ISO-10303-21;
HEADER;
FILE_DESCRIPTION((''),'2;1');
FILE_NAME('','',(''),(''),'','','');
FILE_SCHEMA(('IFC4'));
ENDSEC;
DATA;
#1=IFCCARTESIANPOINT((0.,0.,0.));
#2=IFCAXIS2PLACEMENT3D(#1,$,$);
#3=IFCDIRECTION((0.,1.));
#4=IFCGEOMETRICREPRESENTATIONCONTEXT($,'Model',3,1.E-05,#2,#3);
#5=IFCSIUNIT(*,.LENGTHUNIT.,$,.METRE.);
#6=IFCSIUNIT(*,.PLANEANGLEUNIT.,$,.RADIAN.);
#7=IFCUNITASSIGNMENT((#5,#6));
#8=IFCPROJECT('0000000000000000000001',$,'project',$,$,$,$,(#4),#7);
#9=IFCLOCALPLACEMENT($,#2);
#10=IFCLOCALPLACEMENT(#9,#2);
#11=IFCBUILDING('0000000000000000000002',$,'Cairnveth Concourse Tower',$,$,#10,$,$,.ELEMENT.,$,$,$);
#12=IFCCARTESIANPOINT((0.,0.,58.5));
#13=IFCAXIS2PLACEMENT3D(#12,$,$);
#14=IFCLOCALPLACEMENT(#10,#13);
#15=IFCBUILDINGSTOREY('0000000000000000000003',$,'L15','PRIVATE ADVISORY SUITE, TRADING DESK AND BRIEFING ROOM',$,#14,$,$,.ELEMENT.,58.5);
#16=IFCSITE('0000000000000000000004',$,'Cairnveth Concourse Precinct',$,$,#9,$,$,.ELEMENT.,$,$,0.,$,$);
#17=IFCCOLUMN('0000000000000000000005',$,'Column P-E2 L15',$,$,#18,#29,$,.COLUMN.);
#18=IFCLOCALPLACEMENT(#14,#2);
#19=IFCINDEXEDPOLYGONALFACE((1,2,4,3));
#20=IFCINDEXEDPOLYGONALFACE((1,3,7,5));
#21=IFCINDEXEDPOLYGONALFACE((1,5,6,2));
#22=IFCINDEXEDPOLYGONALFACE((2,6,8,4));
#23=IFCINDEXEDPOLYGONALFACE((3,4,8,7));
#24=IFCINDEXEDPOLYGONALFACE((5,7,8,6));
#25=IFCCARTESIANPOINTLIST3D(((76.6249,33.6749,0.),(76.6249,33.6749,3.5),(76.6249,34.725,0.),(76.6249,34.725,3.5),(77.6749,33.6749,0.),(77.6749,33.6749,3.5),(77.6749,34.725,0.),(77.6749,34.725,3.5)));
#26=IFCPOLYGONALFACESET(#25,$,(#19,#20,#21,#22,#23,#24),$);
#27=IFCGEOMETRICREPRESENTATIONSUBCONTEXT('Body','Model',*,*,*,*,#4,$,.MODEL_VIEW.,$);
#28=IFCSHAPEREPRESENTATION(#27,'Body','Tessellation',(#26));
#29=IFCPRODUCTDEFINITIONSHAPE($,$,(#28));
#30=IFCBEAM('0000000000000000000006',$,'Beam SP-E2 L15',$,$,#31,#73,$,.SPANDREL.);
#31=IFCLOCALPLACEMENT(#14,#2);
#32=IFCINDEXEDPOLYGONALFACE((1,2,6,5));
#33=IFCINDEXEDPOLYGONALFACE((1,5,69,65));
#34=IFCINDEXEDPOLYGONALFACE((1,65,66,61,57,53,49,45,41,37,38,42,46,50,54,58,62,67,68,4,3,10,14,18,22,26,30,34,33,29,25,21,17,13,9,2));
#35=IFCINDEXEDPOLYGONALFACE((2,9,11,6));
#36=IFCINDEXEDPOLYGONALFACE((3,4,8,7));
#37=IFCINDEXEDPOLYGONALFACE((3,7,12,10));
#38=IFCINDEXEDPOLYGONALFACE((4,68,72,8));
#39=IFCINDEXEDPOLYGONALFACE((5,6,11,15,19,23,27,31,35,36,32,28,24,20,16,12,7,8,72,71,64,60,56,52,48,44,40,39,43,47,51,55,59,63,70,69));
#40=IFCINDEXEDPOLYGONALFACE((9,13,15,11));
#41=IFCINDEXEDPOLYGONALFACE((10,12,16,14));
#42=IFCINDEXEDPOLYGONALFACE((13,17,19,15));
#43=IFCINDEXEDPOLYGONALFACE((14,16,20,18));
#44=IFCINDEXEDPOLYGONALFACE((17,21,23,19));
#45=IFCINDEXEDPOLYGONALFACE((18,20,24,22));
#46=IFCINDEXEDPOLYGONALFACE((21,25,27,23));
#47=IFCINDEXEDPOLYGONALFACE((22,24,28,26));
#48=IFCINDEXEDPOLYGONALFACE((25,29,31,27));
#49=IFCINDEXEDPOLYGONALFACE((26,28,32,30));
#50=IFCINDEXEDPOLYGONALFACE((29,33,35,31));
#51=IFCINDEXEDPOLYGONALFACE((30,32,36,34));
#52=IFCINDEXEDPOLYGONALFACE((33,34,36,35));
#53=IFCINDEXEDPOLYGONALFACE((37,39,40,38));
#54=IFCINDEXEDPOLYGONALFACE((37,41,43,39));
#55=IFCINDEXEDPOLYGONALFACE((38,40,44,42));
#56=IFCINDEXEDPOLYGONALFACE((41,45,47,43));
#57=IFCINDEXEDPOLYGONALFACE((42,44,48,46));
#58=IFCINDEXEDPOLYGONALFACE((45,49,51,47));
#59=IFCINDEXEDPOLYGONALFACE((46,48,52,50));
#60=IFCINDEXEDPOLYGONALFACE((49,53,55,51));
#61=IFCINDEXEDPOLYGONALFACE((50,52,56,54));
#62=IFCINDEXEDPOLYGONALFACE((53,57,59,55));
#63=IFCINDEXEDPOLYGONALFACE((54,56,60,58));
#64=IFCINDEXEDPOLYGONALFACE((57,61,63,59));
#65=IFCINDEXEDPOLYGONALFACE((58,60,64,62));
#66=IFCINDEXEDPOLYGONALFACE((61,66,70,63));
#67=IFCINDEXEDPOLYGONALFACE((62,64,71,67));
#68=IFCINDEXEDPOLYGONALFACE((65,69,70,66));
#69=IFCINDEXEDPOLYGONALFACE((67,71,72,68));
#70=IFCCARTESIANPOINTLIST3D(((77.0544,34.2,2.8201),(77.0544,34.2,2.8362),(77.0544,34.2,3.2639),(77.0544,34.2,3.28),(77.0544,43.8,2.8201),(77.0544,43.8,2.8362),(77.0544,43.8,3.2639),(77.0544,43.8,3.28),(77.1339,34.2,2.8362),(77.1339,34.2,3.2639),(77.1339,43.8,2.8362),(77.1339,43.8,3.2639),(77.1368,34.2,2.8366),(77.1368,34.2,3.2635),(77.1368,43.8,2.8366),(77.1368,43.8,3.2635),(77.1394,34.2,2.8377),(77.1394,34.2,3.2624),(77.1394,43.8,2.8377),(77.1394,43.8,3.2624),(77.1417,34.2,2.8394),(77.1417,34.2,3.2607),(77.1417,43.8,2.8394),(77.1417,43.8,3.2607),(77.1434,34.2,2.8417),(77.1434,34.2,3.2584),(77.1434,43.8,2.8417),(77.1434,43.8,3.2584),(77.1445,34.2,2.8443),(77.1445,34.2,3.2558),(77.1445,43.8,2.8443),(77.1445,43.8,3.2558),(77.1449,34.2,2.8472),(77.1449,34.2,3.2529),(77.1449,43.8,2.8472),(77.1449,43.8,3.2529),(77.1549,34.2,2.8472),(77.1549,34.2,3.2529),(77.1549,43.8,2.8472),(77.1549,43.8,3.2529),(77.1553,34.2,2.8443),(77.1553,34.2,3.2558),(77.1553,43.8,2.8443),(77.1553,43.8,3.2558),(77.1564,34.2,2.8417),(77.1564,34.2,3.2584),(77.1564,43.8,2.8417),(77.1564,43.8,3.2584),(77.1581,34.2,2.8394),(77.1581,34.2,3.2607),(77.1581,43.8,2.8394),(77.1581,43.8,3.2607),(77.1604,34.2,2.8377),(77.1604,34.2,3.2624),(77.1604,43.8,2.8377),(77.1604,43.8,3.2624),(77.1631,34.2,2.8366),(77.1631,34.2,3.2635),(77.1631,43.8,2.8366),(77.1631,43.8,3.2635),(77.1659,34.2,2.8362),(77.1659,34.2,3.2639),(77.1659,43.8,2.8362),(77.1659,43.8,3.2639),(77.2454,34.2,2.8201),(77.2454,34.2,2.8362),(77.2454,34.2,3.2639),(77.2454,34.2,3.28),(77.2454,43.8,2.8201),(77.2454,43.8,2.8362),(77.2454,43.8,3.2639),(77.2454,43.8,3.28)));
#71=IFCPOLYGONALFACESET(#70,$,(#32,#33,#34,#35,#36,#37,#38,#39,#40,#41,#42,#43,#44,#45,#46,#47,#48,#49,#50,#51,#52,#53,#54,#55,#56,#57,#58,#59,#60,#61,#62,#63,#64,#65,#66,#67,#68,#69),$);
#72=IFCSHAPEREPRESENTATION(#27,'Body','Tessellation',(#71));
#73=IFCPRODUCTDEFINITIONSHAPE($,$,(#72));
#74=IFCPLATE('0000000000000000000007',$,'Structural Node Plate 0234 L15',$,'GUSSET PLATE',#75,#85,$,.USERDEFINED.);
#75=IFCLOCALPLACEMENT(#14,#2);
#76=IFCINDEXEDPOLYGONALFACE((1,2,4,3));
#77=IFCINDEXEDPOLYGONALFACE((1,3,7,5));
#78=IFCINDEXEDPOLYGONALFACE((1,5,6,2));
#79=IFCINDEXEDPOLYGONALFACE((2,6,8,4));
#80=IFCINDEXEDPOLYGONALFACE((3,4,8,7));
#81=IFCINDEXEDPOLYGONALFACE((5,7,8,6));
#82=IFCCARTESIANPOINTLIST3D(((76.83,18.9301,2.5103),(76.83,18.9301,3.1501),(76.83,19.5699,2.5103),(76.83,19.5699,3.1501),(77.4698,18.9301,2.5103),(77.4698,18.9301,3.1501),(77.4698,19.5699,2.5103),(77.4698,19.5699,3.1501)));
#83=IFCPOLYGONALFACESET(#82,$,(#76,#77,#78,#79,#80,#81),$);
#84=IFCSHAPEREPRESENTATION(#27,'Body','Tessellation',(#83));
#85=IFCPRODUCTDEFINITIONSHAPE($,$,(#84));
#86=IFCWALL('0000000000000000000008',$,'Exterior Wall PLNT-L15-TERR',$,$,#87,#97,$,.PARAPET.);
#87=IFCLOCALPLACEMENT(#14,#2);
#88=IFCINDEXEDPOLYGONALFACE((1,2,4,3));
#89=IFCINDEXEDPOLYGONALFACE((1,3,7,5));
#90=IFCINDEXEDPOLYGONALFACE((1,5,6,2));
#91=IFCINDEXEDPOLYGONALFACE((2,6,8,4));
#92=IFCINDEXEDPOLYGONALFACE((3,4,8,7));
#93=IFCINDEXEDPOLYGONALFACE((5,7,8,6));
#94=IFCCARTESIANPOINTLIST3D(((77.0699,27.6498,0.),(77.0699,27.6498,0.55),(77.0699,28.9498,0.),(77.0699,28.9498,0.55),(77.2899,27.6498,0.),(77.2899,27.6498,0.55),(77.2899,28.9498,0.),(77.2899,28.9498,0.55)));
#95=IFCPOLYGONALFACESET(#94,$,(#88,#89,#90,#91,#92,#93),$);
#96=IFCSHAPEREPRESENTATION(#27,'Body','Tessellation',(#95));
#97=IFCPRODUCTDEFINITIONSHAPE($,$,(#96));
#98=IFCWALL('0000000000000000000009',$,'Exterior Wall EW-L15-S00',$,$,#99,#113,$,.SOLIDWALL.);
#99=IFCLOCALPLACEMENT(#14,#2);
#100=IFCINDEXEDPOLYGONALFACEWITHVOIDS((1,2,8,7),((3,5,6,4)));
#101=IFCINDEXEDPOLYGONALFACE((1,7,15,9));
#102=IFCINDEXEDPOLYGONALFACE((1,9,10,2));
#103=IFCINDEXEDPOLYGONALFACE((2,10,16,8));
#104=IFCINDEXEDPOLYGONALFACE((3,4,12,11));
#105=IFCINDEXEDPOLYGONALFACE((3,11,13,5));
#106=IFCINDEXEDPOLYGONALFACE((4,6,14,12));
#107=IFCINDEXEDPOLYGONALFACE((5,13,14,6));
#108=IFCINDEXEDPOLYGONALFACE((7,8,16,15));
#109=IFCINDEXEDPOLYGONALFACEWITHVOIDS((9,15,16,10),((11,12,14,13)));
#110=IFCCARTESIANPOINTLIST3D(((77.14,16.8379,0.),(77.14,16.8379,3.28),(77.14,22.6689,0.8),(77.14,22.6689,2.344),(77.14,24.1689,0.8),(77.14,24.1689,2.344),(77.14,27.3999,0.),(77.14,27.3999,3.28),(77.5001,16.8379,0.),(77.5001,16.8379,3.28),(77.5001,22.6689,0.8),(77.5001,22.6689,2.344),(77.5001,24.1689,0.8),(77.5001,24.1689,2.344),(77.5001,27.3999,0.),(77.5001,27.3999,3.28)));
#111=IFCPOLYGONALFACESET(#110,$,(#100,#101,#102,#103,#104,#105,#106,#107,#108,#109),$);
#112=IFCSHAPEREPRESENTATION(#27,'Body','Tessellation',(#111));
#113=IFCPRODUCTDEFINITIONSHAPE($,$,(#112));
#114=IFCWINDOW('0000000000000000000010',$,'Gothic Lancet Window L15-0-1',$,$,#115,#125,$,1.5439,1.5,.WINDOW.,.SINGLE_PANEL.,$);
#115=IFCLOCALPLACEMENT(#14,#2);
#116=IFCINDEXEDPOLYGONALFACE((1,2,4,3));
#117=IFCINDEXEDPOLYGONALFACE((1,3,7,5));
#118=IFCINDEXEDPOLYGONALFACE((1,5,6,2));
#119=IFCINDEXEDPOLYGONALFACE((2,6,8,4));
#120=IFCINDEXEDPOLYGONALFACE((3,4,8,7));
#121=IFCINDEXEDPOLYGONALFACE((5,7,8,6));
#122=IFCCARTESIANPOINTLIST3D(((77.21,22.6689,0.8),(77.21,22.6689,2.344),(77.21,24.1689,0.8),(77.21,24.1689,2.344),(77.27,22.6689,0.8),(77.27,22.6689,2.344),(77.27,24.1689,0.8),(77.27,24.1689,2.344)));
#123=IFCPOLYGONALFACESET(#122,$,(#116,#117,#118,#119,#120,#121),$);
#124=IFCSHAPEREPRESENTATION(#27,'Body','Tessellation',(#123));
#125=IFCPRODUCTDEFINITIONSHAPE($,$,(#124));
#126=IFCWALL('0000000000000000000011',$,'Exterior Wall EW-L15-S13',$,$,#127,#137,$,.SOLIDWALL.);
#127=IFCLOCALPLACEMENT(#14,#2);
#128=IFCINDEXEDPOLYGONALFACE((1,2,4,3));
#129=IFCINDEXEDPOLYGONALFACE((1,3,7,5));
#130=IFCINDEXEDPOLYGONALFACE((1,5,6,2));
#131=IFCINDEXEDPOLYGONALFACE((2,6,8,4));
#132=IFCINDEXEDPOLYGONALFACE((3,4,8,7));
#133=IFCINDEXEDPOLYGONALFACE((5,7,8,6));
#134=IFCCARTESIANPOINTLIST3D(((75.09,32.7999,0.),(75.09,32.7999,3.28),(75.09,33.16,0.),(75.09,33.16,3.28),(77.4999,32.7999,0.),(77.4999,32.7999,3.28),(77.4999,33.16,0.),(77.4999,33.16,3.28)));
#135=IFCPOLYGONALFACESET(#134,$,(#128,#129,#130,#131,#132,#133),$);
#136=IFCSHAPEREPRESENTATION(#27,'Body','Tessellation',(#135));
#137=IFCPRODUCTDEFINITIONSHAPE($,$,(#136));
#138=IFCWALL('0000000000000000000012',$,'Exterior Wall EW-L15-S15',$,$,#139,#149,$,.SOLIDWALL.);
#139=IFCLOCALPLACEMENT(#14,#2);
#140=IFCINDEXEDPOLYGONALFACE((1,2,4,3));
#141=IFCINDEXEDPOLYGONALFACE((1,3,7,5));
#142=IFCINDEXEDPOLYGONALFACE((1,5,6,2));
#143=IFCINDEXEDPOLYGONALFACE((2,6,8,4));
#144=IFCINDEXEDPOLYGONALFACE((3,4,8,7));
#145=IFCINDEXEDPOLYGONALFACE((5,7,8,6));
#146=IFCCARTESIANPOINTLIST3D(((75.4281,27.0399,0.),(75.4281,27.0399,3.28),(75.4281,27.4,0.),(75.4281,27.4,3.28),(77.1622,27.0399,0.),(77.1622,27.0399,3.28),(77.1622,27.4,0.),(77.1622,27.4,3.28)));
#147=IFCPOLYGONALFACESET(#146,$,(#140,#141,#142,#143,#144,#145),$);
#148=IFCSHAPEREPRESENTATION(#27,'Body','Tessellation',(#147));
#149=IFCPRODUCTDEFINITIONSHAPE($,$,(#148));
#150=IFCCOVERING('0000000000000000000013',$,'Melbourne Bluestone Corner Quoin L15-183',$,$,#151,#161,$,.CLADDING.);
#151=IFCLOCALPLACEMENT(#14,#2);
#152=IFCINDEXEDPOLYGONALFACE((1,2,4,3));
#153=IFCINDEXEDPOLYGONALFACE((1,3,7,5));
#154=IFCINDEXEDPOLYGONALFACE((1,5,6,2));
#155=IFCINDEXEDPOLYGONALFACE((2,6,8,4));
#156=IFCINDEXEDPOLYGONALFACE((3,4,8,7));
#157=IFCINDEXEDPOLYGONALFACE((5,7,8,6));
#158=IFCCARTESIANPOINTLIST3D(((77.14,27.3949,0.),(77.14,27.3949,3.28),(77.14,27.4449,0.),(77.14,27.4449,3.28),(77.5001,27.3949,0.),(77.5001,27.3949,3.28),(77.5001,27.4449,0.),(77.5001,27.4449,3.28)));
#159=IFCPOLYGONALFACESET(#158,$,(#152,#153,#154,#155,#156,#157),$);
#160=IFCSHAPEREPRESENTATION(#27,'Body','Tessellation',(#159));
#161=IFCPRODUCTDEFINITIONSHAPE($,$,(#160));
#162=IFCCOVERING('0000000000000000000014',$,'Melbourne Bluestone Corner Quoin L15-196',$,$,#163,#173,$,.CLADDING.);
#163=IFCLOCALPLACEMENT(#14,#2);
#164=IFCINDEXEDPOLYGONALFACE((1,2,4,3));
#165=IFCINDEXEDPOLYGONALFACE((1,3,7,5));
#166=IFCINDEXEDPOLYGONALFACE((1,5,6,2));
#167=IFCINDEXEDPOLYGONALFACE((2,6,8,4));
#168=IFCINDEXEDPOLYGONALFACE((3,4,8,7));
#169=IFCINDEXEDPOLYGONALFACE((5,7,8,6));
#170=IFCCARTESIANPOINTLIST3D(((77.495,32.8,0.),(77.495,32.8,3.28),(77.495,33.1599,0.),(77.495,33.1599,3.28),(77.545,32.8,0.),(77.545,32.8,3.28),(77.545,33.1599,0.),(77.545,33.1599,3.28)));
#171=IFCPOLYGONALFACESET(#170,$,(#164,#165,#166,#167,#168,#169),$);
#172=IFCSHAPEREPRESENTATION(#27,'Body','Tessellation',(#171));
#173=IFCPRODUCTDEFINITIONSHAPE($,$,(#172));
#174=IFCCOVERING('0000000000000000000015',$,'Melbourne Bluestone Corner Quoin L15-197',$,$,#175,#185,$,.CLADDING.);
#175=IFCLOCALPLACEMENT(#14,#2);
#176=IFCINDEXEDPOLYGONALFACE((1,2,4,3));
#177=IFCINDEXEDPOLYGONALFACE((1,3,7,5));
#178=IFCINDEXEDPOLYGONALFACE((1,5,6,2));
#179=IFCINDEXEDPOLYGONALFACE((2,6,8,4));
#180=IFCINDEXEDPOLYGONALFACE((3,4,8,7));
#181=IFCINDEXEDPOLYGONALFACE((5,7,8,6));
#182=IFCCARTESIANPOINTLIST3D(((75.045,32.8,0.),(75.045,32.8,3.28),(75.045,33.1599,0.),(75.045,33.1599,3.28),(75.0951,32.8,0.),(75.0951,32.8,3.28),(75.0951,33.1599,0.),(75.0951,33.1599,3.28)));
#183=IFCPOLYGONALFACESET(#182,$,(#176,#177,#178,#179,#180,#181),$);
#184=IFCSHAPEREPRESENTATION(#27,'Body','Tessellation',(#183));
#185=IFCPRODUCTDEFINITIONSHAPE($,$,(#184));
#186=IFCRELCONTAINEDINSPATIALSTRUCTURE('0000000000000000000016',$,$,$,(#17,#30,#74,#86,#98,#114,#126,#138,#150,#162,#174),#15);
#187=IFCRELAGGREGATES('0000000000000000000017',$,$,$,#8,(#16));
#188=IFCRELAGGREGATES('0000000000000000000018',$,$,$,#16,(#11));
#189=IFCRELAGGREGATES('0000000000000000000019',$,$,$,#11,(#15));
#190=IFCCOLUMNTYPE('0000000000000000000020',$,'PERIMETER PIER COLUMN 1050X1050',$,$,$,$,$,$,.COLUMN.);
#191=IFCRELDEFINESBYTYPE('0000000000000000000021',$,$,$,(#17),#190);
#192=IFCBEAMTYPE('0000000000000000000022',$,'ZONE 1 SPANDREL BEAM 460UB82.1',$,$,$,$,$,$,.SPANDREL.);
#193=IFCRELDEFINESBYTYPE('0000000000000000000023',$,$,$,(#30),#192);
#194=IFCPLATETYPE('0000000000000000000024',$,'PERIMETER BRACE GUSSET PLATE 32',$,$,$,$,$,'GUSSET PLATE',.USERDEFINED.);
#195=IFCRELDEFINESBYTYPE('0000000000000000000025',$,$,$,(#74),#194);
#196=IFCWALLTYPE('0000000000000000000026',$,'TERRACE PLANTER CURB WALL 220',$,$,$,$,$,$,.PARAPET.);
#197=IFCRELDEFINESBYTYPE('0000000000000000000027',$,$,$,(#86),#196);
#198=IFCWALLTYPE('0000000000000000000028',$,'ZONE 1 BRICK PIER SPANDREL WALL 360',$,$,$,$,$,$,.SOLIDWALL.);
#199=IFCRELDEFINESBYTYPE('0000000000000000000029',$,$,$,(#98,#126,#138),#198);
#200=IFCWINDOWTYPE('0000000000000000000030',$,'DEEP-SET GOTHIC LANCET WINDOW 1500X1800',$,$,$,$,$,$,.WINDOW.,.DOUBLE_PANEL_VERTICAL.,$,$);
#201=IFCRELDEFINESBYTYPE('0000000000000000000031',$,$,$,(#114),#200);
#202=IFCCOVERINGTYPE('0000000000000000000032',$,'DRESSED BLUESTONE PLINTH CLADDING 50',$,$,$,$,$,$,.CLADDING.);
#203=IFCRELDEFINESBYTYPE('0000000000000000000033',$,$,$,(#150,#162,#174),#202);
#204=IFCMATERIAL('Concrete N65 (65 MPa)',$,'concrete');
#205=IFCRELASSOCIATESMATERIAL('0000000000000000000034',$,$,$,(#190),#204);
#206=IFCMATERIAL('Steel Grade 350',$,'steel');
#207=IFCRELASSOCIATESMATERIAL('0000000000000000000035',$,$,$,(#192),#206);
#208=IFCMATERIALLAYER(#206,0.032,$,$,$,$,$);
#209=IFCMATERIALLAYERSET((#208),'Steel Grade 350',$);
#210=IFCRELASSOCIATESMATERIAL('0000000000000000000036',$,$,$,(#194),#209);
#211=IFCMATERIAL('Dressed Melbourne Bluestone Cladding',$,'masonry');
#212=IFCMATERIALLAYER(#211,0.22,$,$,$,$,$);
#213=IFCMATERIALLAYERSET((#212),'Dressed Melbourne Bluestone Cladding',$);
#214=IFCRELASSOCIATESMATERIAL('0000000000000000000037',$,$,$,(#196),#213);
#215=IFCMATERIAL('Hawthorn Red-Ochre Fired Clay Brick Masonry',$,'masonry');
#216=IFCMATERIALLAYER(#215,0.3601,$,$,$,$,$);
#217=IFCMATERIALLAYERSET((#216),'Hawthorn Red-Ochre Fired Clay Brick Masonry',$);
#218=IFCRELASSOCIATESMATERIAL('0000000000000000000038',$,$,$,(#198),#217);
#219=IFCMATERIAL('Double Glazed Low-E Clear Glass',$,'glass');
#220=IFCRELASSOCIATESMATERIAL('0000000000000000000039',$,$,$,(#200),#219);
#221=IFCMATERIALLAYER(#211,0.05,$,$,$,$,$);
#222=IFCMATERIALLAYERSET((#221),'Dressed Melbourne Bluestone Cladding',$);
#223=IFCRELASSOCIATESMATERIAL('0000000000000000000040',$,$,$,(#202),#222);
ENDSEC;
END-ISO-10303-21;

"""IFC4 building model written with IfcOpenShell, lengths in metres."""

from ifc_helpers import new_model, si_unit, direction, frame, frame_2d, origin, origin_2d, place, context, subcontext, project, spatial, rectangle, i_section, extrude, material, layer, layer_set, material_profile, profile_set, type_object, element, fill, save


model = new_model("IFC4")

# Units and contexts
model_context = context("Model", 3, precision=1e-05, world=origin(), true_north=direction((0.0, 1.0)))
body_context = subcontext(model_context, "Body", "Model", "MODEL_VIEW")
ifc_project = project(units=[si_unit("LENGTHUNIT", "METRE"), si_unit("PLANEANGLEUNIT", "RADIAN")], contexts=[model_context])

# Site, building, storey
site_placement = place(None, origin())
site = spatial("IfcSite", under=ifc_project, at=site_placement, Name="Cairnveth Concourse Precinct", CompositionType="ELEMENT", RefElevation=0.0)
building_placement = place(site_placement, origin())
building = spatial("IfcBuilding", under=site, at=building_placement, Name="Cairnveth Concourse Tower", CompositionType="ELEMENT")
storey_placement = place(building_placement, frame((0.0, 0.0, 58.5)))
storey = spatial("IfcBuildingStorey", under=building, at=storey_placement, Name="L15", Description="PRIVATE ADVISORY SUITE, TRADING DESK AND BRIEFING ROOM", CompositionType="ELEMENT", Elevation=58.5)

# Column
ifc_material_1 = material(Name="Concrete N65 (65 MPa)", Category="concrete")
ifc_material_profile_1 = material_profile(ifc_material_1, rectangle(XDim=1.05, YDim=1.05, at=origin_2d()), Name="RC-COL-1050x1050")
ifc_profile_set_1 = profile_set([ifc_material_profile_1], Name="Concrete N65 (65 MPa)")
column_type = type_object("IfcColumnType", Name="PERIMETER PIER COLUMN 1050X1050", PredefinedType="COLUMN", material=ifc_profile_set_1)
column_placement = place(storey_placement, frame((77.1499, 34.2, 0.0), z_axis=(0.0, 0.0, 1.0), x_axis=(0.0, 1.0, 0.0)))
element("IfcColumn", 1, at=column_placement, inside=storey, type_object=column_type, Name="Column P-E2 L15", PredefinedType="COLUMN", context=body_context, shape_type="SweptSolid", body=[
    extrude(rectangle(XDim=1.05, YDim=1.05, at=origin_2d()), origin(), (0.0, 0.0, 1.0), 3.5),
])

# Beam
ifc_material_2 = material(Name="Steel Grade 350", Category="steel")
ifc_material_profile_2 = material_profile(ifc_material_2, i_section(OverallWidth=0.1909, OverallDepth=0.46, WebThickness=0.01, FlangeThickness=0.0161, FilletRadius=0.011, at=origin_2d()), Name="460UB82.1")
ifc_profile_set_2 = profile_set([ifc_material_profile_2], Name="Steel Grade 350")
beam_type = type_object("IfcBeamType", Name="ZONE 1 SPANDREL BEAM 460UB82.1", PredefinedType="SPANDREL", material=ifc_profile_set_2)
beam_placement = place(storey_placement, frame((77.1499, 34.2, 3.05), z_axis=(0.0, 1.0, 0.0), x_axis=(-1.0, 0.0, 0.0)))
element("IfcBeam", 2, at=beam_placement, inside=storey, type_object=beam_type, Name="Beam SP-E2 L15", PredefinedType="SPANDREL", context=body_context, shape_type="SweptSolid", body=[
    extrude(i_section(OverallWidth=0.1909, OverallDepth=0.46, WebThickness=0.01, FlangeThickness=0.0161, FilletRadius=0.011, at=origin_2d()), origin(), (0.0, 0.0, 1.0), 9.6001),
])

# Plate
ifc_layer_1 = layer(ifc_material_2, 0.032)
ifc_layer_set_1 = layer_set([ifc_layer_1], Name="Steel Grade 350")
plate_type = type_object("IfcPlateType", Name="PERIMETER BRACE GUSSET PLATE 32", ElementType="GUSSET PLATE", PredefinedType="USERDEFINED", material=ifc_layer_set_1)
plate_placement = place(storey_placement, frame((77.1499, 19.25, 2.5103), z_axis=(0.0, 0.0, 1.0), x_axis=(1.0, 0.0, 0.0)))
element("IfcPlate", 3, at=plate_placement, inside=storey, type_object=plate_type, Name="Structural Node Plate 0234 L15", ObjectType="GUSSET PLATE", PredefinedType="USERDEFINED", context=body_context, shape_type="SweptSolid", body=[
    extrude(rectangle(XDim=0.6399, YDim=0.6399, at=origin_2d()), origin(), (0.0, 0.0, 1.0), 0.6399),
])

# Wall
ifc_material_3 = material(Name="Dressed Melbourne Bluestone Cladding", Category="masonry")
ifc_layer_2 = layer(ifc_material_3, 0.22)
ifc_layer_set_2 = layer_set([ifc_layer_2], Name="Dressed Melbourne Bluestone Cladding")
wall_type_1 = type_object("IfcWallType", Name="TERRACE PLANTER CURB WALL 220", PredefinedType="PARAPET", material=ifc_layer_set_2)
wall_1_placement = place(storey_placement, frame((77.1799, 27.6499, 0.0), z_axis=(0.0, 0.0, 1.0), x_axis=(0.0, 1.0, 0.0)))
element("IfcWall", 4, at=wall_1_placement, inside=storey, type_object=wall_type_1, Name="Exterior Wall PLNT-L15-TERR", PredefinedType="PARAPET", context=body_context, shape_type="SweptSolid", body=[
    extrude(rectangle(XDim=1.3, YDim=0.22, at=frame_2d((0.6499, 0.0))), origin(), (0.0, 0.0, 1.0), 0.55),
])

# Wall, opening, window
ifc_material_4 = material(Name="Hawthorn Red-Ochre Fired Clay Brick Masonry", Category="masonry")
ifc_layer_3 = layer(ifc_material_4, 0.3601)
ifc_layer_set_3 = layer_set([ifc_layer_3], Name="Hawthorn Red-Ochre Fired Clay Brick Masonry")
wall_type_2 = type_object("IfcWallType", Name="ZONE 1 BRICK PIER SPANDREL WALL 360", PredefinedType="SOLIDWALL", material=ifc_layer_set_3)
wall_2_placement = place(storey_placement, frame((77.3201, 27.3999, 0.0), z_axis=(0.0, 0.0, 1.0), x_axis=(0.0, -1.0, 0.0)))
wall_2 = element("IfcWall", 5, at=wall_2_placement, inside=storey, type_object=wall_type_2, Name="Exterior Wall EW-L15-S00", PredefinedType="SOLIDWALL", context=body_context, shape_type="SweptSolid", body=[
    extrude(rectangle(XDim=10.562, YDim=0.3601, at=frame_2d((5.281, 0.0))), origin(), (0.0, 0.0, 1.0), 3.28),
])
opening_1_placement = place(wall_2_placement, frame((3.231, 0.0, 0.8)))
opening_1 = element("IfcOpeningElement", 6, at=opening_1_placement, cuts=wall_2, PredefinedType="OPENING", context=body_context, shape_type="SweptSolid", body=[
    extrude(rectangle(XDim=1.5, YDim=1.5439, at=frame_2d((0.75, 0.772))), frame((0.0, 0.1899, 0.0), z_axis=(0.0, -1.0, 0.0), x_axis=(1.0, 0.0, 0.0)), (0.0, 0.0, 1.0), 0.3801),
])
ifc_material_5 = material(Name="Double Glazed Low-E Clear Glass", Category="glass")
window_type = type_object("IfcWindowType", Name="DEEP-SET GOTHIC LANCET WINDOW 1500X1800", PartitioningType="DOUBLE_PANEL_VERTICAL", PredefinedType="WINDOW", material=ifc_material_5)
window_placement = place(opening_1_placement, origin())
window = element("IfcWindow", 7, at=window_placement, inside=storey, type_object=window_type, Name="Gothic Lancet Window L15-0-1", OverallHeight=1.5439, OverallWidth=1.5, PartitioningType="SINGLE_PANEL", PredefinedType="WINDOW", context=body_context, shape_type="SweptSolid", body=[
    extrude(rectangle(XDim=1.5, YDim=1.5439, at=frame_2d((0.75, 0.772))), frame((0.0, -0.05, 0.0), z_axis=(0.0, -1.0, 0.0), x_axis=(1.0, 0.0, 0.0)), (0.0, 0.0, 1.0), 0.0601),
])
fill(opening_1, window)

# Wall
wall_3_placement = place(storey_placement, frame((77.5, 32.98, 0.0), z_axis=(0.0, 0.0, 1.0), x_axis=(-1.0, 0.0, 0.0)))
element("IfcWall", 8, at=wall_3_placement, inside=storey, type_object=wall_type_2, Name="Exterior Wall EW-L15-S13", PredefinedType="SOLIDWALL", context=body_context, shape_type="SweptSolid", body=[
    extrude(rectangle(XDim=2.4099, YDim=0.3601, at=frame_2d((1.2051, 0.0))), origin(), (0.0, 0.0, 1.0), 3.28),
])

# Wall
wall_4_placement = place(storey_placement, frame((75.428, 27.22, 0.0), z_axis=(0.0, 0.0, 1.0), x_axis=(1.0, 0.0, 0.0)))
element("IfcWall", 9, at=wall_4_placement, inside=storey, type_object=wall_type_2, Name="Exterior Wall EW-L15-S15", PredefinedType="SOLIDWALL", context=body_context, shape_type="SweptSolid", body=[
    extrude(rectangle(XDim=1.7341, YDim=0.3601, at=frame_2d((0.8672, 0.0))), origin(), (0.0, 0.0, 1.0), 3.28),
])

# Coverings
ifc_layer_4 = layer(ifc_material_3, 0.05)
ifc_layer_set_4 = layer_set([ifc_layer_4], Name="Dressed Melbourne Bluestone Cladding")
covering_type = type_object("IfcCoveringType", Name="DRESSED BLUESTONE PLINTH CLADDING 50", PredefinedType="CLADDING", material=ifc_layer_set_4)
covering_placement = place(storey_placement, frame((77.1399, 27.4199, 0.0), z_axis=(0.0, 0.0, 1.0), x_axis=(1.0, 0.0, 0.0)))
element("IfcCovering", 10, at=covering_placement, inside=storey, type_object=covering_type, Name="Melbourne Bluestone Corner Quoin L15-183", PredefinedType="CLADDING", context=body_context, shape_type="SweptSolid", body=[
    extrude(rectangle(XDim=0.3601, YDim=0.05, at=frame_2d((0.1802, 0.0))), origin(), (0.0, 0.0, 1.0), 3.28),
])
for number, where, z_axis, x_axis, name in (
    (11, (77.52, 33.1599, 0.0), (0.0, 0.0, 1.0), (0.0, -1.0, 0.0), "Melbourne Bluestone Corner Quoin L15-196"),
    (12, (75.0701, 33.1599, 0.0), (0.0, 0.0, 1.0), (0.0, -1.0, 0.0), "Melbourne Bluestone Corner Quoin L15-197"),
):
    element("IfcCovering", number, at=place(storey_placement, frame(where, z_axis=z_axis, x_axis=x_axis)), inside=storey, type_object=covering_type, Name=name, PredefinedType="CLADDING", context=body_context, shape_type="SweptSolid", body=[
        extrude(rectangle(XDim=0.3599, YDim=0.05, at=frame_2d((0.1799, 0.0))), origin(), (0.0, 0.0, 1.0), 3.28),
    ])

save(model, "model.ifc")
